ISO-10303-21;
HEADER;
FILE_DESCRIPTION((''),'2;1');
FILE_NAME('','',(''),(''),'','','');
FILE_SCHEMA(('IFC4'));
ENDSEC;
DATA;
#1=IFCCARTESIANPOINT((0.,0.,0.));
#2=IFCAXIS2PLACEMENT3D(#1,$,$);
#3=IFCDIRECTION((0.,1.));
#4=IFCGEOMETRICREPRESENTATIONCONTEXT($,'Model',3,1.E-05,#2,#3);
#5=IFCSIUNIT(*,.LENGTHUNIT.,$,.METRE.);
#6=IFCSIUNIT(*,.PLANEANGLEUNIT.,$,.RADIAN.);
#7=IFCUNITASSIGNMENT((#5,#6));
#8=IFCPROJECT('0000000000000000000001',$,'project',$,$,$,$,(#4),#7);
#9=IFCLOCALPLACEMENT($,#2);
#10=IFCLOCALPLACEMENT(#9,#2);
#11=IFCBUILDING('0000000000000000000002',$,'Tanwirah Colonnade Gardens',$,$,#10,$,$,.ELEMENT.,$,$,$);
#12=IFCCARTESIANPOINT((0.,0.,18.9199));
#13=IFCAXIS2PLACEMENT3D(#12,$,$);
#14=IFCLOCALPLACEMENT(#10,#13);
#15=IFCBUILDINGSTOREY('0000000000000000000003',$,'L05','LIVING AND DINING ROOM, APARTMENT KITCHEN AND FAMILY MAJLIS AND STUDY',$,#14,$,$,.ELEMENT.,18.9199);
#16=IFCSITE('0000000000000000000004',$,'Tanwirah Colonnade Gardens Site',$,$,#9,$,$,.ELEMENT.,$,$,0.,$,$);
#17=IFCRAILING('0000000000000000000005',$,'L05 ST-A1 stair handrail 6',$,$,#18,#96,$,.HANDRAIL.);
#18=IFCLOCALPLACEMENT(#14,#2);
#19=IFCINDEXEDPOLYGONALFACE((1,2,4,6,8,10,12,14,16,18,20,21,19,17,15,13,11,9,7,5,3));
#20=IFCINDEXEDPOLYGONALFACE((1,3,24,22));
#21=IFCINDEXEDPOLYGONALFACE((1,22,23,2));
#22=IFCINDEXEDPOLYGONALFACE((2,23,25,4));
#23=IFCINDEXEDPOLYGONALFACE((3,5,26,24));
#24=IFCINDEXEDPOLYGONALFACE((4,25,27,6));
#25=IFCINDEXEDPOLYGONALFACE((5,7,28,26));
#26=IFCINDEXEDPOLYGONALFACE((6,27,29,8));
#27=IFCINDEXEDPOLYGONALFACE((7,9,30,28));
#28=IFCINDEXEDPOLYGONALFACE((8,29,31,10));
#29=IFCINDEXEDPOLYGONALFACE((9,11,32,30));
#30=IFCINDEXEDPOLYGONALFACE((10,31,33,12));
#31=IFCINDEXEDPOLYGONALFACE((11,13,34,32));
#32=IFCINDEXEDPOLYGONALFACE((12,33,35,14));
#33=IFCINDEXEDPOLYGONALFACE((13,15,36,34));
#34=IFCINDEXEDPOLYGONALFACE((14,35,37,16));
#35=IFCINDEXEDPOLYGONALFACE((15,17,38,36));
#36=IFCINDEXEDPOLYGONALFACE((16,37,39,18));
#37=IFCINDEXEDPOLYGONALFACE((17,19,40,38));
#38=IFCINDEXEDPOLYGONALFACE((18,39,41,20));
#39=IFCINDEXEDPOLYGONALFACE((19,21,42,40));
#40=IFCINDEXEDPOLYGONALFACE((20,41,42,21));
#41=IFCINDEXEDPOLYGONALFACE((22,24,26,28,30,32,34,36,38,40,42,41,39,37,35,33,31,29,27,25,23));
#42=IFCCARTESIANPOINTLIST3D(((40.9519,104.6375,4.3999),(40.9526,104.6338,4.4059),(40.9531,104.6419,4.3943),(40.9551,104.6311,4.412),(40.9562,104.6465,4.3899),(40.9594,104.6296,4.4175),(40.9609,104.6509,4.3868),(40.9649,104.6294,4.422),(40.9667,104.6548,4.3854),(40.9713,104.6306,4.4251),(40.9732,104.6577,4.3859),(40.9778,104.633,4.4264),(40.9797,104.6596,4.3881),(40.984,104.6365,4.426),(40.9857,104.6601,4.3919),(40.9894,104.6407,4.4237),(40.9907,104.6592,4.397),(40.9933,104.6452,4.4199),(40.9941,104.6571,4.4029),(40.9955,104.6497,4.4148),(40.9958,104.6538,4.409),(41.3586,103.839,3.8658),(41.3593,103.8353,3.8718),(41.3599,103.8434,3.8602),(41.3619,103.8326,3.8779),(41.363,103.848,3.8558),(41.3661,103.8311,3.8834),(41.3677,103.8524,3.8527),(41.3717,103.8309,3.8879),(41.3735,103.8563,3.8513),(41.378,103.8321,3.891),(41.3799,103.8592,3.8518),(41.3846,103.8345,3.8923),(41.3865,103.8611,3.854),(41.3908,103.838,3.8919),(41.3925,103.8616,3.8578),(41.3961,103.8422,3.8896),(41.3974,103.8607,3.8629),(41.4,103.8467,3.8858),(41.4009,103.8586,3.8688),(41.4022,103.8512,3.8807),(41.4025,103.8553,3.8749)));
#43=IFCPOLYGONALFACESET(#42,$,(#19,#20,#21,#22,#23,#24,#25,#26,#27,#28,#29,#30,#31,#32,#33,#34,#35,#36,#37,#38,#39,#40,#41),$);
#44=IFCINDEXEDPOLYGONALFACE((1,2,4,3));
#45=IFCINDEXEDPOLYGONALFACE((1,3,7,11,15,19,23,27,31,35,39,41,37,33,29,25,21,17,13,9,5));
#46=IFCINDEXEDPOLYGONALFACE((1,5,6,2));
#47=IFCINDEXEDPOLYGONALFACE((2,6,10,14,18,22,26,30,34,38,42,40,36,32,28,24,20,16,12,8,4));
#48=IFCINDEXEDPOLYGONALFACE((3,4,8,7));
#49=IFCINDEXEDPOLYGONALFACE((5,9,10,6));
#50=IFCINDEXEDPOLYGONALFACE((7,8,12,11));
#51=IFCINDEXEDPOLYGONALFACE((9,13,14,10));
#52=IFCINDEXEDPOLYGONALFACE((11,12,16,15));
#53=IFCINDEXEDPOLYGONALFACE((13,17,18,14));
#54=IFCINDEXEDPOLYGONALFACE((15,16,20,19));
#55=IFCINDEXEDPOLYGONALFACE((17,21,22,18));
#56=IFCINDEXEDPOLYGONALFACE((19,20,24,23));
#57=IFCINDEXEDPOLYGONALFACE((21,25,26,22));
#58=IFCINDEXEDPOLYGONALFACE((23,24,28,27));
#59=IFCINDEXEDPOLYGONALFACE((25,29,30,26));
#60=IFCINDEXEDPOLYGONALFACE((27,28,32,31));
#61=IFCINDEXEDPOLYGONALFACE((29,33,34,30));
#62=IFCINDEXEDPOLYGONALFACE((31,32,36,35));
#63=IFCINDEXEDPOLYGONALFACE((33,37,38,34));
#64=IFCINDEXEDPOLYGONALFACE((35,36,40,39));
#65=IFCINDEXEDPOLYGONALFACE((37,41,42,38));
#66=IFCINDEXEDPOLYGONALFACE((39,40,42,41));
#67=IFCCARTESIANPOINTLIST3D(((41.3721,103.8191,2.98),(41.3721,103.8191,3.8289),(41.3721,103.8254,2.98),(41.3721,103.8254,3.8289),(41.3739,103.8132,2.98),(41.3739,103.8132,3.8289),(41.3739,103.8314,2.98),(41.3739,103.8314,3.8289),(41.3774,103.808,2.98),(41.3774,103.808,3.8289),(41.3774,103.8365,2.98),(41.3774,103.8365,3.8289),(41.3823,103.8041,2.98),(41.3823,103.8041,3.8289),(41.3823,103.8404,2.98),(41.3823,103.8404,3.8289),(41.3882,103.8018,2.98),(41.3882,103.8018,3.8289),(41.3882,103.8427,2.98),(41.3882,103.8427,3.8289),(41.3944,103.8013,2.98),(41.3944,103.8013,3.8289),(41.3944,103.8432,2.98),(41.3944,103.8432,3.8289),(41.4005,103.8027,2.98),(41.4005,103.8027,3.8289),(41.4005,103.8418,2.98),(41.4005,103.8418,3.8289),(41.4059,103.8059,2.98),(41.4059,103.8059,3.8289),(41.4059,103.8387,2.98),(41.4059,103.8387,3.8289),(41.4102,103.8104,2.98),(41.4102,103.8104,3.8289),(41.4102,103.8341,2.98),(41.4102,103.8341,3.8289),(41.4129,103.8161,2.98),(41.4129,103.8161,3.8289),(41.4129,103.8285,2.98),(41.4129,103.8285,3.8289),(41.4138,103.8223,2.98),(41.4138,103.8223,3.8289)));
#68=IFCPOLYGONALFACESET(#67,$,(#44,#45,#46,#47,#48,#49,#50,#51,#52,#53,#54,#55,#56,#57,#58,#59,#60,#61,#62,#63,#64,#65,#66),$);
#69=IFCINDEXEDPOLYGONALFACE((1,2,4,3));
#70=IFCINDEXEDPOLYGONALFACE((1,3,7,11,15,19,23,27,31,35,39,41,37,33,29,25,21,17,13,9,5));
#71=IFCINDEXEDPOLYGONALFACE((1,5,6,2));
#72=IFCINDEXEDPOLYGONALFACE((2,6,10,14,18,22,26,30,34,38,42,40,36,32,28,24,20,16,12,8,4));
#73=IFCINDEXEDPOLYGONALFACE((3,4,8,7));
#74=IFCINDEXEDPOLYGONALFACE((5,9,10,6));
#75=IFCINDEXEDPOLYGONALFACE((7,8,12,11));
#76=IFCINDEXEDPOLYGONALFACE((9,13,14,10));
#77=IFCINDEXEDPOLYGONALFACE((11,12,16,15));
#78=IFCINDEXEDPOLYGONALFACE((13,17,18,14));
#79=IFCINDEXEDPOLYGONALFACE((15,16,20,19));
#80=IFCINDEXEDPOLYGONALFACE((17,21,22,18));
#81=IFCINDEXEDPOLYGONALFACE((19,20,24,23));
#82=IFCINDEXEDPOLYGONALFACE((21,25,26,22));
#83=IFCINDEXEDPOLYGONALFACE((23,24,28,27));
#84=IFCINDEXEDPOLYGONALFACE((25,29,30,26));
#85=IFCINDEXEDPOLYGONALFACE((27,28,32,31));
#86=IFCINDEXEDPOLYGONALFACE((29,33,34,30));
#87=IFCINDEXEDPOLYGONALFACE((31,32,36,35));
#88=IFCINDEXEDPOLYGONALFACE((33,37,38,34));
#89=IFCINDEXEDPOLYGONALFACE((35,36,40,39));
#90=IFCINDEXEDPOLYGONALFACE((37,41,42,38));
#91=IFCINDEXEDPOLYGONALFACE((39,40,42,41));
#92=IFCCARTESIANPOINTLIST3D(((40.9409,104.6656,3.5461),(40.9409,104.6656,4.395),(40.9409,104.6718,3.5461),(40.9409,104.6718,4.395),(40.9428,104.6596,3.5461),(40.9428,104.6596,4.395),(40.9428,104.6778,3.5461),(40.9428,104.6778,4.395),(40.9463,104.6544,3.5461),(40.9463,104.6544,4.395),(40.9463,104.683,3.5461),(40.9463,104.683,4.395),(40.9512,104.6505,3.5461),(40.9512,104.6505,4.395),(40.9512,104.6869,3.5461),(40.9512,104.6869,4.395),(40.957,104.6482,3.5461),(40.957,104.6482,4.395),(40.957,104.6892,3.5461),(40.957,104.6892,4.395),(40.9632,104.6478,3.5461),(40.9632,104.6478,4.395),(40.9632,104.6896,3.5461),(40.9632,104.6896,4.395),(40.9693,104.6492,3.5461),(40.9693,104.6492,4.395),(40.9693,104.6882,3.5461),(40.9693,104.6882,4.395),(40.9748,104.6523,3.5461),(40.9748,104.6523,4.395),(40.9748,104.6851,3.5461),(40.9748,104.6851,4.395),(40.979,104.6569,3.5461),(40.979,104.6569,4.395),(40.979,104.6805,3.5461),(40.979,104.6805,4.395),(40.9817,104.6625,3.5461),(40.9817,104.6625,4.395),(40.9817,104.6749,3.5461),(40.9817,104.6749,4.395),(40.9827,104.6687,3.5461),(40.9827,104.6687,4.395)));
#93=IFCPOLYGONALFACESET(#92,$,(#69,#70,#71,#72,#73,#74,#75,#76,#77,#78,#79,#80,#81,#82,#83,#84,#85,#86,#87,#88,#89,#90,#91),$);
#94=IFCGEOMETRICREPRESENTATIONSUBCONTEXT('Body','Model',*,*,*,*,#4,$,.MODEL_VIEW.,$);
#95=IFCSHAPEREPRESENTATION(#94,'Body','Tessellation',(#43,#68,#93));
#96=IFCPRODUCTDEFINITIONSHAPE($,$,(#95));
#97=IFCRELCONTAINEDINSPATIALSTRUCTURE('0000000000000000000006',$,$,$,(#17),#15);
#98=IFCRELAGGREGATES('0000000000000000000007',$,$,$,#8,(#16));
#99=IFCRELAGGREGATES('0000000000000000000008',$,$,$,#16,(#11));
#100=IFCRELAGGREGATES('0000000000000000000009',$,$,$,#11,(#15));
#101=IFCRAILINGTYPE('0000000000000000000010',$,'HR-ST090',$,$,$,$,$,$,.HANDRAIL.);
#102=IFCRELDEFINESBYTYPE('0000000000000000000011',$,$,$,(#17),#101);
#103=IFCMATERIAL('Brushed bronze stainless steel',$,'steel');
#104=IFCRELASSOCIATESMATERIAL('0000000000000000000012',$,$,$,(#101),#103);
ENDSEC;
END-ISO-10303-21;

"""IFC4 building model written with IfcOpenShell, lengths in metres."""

from ifc_helpers import new_model, si_unit, direction, frame, origin, origin_2d, place, context, subcontext, project, spatial, circle, extrude, material, type_object, element, save


model = new_model("IFC4")

# Units and contexts
model_context = context("Model", 3, precision=1e-05, world=origin(), true_north=direction((0.0, 1.0)))
body_context = subcontext(model_context, "Body", "Model", "MODEL_VIEW")
ifc_project = project(units=[si_unit("LENGTHUNIT", "METRE"), si_unit("PLANEANGLEUNIT", "RADIAN")], contexts=[model_context])

# Site, building, storey
site_placement = place(None, origin())
site = spatial("IfcSite", under=ifc_project, at=site_placement, Name="Tanwirah Colonnade Gardens Site", CompositionType="ELEMENT", RefElevation=0.0)
building_placement = place(site_placement, origin())
building = spatial("IfcBuilding", under=site, at=building_placement, Name="Tanwirah Colonnade Gardens", CompositionType="ELEMENT")
storey_placement = place(building_placement, frame((0.0, 0.0, 18.9199)))
storey = spatial("IfcBuildingStorey", under=building, at=storey_placement, Name="L05", Description="LIVING AND DINING ROOM, APARTMENT KITCHEN AND FAMILY MAJLIS AND STUDY", CompositionType="ELEMENT", Elevation=18.9199)

# Railing
ifc_material_1 = material(Name="Brushed bronze stainless steel", Category="steel")
railing_type_1 = type_object("IfcRailingType", Name="HR-ST090", PredefinedType="HANDRAIL", material=ifc_material_1)
railing_1_placement = place(storey_placement, frame((41.3928, 103.8223, 2.98)))
element("IfcRailing", 1, at=railing_1_placement, inside=storey, type_object=railing_type_1, Name="L05 ST-A1 stair handrail 6", PredefinedType="HANDRAIL", context=body_context, shape_type="SweptSolid", body=[
    extrude(circle(Radius=0.0239, at=origin_2d()), frame((-0.0122, 0.0239, 0.8918), z_axis=(-0.389886, 0.765422, 0.511974), x_axis=(-0.891061, -0.453883, 0.0)), (0.0, 0.0, 1.0), 1.0432),
    extrude(circle(Radius=0.021, at=origin_2d()), origin(), (0.0, 0.0, 1.0), 0.8489),
    extrude(circle(Radius=0.021, at=origin_2d()), frame((-0.4312, 0.8464, 0.5662)), (0.0, 0.0, 1.0), 0.8489),
])

save(model, "model.ifc")
